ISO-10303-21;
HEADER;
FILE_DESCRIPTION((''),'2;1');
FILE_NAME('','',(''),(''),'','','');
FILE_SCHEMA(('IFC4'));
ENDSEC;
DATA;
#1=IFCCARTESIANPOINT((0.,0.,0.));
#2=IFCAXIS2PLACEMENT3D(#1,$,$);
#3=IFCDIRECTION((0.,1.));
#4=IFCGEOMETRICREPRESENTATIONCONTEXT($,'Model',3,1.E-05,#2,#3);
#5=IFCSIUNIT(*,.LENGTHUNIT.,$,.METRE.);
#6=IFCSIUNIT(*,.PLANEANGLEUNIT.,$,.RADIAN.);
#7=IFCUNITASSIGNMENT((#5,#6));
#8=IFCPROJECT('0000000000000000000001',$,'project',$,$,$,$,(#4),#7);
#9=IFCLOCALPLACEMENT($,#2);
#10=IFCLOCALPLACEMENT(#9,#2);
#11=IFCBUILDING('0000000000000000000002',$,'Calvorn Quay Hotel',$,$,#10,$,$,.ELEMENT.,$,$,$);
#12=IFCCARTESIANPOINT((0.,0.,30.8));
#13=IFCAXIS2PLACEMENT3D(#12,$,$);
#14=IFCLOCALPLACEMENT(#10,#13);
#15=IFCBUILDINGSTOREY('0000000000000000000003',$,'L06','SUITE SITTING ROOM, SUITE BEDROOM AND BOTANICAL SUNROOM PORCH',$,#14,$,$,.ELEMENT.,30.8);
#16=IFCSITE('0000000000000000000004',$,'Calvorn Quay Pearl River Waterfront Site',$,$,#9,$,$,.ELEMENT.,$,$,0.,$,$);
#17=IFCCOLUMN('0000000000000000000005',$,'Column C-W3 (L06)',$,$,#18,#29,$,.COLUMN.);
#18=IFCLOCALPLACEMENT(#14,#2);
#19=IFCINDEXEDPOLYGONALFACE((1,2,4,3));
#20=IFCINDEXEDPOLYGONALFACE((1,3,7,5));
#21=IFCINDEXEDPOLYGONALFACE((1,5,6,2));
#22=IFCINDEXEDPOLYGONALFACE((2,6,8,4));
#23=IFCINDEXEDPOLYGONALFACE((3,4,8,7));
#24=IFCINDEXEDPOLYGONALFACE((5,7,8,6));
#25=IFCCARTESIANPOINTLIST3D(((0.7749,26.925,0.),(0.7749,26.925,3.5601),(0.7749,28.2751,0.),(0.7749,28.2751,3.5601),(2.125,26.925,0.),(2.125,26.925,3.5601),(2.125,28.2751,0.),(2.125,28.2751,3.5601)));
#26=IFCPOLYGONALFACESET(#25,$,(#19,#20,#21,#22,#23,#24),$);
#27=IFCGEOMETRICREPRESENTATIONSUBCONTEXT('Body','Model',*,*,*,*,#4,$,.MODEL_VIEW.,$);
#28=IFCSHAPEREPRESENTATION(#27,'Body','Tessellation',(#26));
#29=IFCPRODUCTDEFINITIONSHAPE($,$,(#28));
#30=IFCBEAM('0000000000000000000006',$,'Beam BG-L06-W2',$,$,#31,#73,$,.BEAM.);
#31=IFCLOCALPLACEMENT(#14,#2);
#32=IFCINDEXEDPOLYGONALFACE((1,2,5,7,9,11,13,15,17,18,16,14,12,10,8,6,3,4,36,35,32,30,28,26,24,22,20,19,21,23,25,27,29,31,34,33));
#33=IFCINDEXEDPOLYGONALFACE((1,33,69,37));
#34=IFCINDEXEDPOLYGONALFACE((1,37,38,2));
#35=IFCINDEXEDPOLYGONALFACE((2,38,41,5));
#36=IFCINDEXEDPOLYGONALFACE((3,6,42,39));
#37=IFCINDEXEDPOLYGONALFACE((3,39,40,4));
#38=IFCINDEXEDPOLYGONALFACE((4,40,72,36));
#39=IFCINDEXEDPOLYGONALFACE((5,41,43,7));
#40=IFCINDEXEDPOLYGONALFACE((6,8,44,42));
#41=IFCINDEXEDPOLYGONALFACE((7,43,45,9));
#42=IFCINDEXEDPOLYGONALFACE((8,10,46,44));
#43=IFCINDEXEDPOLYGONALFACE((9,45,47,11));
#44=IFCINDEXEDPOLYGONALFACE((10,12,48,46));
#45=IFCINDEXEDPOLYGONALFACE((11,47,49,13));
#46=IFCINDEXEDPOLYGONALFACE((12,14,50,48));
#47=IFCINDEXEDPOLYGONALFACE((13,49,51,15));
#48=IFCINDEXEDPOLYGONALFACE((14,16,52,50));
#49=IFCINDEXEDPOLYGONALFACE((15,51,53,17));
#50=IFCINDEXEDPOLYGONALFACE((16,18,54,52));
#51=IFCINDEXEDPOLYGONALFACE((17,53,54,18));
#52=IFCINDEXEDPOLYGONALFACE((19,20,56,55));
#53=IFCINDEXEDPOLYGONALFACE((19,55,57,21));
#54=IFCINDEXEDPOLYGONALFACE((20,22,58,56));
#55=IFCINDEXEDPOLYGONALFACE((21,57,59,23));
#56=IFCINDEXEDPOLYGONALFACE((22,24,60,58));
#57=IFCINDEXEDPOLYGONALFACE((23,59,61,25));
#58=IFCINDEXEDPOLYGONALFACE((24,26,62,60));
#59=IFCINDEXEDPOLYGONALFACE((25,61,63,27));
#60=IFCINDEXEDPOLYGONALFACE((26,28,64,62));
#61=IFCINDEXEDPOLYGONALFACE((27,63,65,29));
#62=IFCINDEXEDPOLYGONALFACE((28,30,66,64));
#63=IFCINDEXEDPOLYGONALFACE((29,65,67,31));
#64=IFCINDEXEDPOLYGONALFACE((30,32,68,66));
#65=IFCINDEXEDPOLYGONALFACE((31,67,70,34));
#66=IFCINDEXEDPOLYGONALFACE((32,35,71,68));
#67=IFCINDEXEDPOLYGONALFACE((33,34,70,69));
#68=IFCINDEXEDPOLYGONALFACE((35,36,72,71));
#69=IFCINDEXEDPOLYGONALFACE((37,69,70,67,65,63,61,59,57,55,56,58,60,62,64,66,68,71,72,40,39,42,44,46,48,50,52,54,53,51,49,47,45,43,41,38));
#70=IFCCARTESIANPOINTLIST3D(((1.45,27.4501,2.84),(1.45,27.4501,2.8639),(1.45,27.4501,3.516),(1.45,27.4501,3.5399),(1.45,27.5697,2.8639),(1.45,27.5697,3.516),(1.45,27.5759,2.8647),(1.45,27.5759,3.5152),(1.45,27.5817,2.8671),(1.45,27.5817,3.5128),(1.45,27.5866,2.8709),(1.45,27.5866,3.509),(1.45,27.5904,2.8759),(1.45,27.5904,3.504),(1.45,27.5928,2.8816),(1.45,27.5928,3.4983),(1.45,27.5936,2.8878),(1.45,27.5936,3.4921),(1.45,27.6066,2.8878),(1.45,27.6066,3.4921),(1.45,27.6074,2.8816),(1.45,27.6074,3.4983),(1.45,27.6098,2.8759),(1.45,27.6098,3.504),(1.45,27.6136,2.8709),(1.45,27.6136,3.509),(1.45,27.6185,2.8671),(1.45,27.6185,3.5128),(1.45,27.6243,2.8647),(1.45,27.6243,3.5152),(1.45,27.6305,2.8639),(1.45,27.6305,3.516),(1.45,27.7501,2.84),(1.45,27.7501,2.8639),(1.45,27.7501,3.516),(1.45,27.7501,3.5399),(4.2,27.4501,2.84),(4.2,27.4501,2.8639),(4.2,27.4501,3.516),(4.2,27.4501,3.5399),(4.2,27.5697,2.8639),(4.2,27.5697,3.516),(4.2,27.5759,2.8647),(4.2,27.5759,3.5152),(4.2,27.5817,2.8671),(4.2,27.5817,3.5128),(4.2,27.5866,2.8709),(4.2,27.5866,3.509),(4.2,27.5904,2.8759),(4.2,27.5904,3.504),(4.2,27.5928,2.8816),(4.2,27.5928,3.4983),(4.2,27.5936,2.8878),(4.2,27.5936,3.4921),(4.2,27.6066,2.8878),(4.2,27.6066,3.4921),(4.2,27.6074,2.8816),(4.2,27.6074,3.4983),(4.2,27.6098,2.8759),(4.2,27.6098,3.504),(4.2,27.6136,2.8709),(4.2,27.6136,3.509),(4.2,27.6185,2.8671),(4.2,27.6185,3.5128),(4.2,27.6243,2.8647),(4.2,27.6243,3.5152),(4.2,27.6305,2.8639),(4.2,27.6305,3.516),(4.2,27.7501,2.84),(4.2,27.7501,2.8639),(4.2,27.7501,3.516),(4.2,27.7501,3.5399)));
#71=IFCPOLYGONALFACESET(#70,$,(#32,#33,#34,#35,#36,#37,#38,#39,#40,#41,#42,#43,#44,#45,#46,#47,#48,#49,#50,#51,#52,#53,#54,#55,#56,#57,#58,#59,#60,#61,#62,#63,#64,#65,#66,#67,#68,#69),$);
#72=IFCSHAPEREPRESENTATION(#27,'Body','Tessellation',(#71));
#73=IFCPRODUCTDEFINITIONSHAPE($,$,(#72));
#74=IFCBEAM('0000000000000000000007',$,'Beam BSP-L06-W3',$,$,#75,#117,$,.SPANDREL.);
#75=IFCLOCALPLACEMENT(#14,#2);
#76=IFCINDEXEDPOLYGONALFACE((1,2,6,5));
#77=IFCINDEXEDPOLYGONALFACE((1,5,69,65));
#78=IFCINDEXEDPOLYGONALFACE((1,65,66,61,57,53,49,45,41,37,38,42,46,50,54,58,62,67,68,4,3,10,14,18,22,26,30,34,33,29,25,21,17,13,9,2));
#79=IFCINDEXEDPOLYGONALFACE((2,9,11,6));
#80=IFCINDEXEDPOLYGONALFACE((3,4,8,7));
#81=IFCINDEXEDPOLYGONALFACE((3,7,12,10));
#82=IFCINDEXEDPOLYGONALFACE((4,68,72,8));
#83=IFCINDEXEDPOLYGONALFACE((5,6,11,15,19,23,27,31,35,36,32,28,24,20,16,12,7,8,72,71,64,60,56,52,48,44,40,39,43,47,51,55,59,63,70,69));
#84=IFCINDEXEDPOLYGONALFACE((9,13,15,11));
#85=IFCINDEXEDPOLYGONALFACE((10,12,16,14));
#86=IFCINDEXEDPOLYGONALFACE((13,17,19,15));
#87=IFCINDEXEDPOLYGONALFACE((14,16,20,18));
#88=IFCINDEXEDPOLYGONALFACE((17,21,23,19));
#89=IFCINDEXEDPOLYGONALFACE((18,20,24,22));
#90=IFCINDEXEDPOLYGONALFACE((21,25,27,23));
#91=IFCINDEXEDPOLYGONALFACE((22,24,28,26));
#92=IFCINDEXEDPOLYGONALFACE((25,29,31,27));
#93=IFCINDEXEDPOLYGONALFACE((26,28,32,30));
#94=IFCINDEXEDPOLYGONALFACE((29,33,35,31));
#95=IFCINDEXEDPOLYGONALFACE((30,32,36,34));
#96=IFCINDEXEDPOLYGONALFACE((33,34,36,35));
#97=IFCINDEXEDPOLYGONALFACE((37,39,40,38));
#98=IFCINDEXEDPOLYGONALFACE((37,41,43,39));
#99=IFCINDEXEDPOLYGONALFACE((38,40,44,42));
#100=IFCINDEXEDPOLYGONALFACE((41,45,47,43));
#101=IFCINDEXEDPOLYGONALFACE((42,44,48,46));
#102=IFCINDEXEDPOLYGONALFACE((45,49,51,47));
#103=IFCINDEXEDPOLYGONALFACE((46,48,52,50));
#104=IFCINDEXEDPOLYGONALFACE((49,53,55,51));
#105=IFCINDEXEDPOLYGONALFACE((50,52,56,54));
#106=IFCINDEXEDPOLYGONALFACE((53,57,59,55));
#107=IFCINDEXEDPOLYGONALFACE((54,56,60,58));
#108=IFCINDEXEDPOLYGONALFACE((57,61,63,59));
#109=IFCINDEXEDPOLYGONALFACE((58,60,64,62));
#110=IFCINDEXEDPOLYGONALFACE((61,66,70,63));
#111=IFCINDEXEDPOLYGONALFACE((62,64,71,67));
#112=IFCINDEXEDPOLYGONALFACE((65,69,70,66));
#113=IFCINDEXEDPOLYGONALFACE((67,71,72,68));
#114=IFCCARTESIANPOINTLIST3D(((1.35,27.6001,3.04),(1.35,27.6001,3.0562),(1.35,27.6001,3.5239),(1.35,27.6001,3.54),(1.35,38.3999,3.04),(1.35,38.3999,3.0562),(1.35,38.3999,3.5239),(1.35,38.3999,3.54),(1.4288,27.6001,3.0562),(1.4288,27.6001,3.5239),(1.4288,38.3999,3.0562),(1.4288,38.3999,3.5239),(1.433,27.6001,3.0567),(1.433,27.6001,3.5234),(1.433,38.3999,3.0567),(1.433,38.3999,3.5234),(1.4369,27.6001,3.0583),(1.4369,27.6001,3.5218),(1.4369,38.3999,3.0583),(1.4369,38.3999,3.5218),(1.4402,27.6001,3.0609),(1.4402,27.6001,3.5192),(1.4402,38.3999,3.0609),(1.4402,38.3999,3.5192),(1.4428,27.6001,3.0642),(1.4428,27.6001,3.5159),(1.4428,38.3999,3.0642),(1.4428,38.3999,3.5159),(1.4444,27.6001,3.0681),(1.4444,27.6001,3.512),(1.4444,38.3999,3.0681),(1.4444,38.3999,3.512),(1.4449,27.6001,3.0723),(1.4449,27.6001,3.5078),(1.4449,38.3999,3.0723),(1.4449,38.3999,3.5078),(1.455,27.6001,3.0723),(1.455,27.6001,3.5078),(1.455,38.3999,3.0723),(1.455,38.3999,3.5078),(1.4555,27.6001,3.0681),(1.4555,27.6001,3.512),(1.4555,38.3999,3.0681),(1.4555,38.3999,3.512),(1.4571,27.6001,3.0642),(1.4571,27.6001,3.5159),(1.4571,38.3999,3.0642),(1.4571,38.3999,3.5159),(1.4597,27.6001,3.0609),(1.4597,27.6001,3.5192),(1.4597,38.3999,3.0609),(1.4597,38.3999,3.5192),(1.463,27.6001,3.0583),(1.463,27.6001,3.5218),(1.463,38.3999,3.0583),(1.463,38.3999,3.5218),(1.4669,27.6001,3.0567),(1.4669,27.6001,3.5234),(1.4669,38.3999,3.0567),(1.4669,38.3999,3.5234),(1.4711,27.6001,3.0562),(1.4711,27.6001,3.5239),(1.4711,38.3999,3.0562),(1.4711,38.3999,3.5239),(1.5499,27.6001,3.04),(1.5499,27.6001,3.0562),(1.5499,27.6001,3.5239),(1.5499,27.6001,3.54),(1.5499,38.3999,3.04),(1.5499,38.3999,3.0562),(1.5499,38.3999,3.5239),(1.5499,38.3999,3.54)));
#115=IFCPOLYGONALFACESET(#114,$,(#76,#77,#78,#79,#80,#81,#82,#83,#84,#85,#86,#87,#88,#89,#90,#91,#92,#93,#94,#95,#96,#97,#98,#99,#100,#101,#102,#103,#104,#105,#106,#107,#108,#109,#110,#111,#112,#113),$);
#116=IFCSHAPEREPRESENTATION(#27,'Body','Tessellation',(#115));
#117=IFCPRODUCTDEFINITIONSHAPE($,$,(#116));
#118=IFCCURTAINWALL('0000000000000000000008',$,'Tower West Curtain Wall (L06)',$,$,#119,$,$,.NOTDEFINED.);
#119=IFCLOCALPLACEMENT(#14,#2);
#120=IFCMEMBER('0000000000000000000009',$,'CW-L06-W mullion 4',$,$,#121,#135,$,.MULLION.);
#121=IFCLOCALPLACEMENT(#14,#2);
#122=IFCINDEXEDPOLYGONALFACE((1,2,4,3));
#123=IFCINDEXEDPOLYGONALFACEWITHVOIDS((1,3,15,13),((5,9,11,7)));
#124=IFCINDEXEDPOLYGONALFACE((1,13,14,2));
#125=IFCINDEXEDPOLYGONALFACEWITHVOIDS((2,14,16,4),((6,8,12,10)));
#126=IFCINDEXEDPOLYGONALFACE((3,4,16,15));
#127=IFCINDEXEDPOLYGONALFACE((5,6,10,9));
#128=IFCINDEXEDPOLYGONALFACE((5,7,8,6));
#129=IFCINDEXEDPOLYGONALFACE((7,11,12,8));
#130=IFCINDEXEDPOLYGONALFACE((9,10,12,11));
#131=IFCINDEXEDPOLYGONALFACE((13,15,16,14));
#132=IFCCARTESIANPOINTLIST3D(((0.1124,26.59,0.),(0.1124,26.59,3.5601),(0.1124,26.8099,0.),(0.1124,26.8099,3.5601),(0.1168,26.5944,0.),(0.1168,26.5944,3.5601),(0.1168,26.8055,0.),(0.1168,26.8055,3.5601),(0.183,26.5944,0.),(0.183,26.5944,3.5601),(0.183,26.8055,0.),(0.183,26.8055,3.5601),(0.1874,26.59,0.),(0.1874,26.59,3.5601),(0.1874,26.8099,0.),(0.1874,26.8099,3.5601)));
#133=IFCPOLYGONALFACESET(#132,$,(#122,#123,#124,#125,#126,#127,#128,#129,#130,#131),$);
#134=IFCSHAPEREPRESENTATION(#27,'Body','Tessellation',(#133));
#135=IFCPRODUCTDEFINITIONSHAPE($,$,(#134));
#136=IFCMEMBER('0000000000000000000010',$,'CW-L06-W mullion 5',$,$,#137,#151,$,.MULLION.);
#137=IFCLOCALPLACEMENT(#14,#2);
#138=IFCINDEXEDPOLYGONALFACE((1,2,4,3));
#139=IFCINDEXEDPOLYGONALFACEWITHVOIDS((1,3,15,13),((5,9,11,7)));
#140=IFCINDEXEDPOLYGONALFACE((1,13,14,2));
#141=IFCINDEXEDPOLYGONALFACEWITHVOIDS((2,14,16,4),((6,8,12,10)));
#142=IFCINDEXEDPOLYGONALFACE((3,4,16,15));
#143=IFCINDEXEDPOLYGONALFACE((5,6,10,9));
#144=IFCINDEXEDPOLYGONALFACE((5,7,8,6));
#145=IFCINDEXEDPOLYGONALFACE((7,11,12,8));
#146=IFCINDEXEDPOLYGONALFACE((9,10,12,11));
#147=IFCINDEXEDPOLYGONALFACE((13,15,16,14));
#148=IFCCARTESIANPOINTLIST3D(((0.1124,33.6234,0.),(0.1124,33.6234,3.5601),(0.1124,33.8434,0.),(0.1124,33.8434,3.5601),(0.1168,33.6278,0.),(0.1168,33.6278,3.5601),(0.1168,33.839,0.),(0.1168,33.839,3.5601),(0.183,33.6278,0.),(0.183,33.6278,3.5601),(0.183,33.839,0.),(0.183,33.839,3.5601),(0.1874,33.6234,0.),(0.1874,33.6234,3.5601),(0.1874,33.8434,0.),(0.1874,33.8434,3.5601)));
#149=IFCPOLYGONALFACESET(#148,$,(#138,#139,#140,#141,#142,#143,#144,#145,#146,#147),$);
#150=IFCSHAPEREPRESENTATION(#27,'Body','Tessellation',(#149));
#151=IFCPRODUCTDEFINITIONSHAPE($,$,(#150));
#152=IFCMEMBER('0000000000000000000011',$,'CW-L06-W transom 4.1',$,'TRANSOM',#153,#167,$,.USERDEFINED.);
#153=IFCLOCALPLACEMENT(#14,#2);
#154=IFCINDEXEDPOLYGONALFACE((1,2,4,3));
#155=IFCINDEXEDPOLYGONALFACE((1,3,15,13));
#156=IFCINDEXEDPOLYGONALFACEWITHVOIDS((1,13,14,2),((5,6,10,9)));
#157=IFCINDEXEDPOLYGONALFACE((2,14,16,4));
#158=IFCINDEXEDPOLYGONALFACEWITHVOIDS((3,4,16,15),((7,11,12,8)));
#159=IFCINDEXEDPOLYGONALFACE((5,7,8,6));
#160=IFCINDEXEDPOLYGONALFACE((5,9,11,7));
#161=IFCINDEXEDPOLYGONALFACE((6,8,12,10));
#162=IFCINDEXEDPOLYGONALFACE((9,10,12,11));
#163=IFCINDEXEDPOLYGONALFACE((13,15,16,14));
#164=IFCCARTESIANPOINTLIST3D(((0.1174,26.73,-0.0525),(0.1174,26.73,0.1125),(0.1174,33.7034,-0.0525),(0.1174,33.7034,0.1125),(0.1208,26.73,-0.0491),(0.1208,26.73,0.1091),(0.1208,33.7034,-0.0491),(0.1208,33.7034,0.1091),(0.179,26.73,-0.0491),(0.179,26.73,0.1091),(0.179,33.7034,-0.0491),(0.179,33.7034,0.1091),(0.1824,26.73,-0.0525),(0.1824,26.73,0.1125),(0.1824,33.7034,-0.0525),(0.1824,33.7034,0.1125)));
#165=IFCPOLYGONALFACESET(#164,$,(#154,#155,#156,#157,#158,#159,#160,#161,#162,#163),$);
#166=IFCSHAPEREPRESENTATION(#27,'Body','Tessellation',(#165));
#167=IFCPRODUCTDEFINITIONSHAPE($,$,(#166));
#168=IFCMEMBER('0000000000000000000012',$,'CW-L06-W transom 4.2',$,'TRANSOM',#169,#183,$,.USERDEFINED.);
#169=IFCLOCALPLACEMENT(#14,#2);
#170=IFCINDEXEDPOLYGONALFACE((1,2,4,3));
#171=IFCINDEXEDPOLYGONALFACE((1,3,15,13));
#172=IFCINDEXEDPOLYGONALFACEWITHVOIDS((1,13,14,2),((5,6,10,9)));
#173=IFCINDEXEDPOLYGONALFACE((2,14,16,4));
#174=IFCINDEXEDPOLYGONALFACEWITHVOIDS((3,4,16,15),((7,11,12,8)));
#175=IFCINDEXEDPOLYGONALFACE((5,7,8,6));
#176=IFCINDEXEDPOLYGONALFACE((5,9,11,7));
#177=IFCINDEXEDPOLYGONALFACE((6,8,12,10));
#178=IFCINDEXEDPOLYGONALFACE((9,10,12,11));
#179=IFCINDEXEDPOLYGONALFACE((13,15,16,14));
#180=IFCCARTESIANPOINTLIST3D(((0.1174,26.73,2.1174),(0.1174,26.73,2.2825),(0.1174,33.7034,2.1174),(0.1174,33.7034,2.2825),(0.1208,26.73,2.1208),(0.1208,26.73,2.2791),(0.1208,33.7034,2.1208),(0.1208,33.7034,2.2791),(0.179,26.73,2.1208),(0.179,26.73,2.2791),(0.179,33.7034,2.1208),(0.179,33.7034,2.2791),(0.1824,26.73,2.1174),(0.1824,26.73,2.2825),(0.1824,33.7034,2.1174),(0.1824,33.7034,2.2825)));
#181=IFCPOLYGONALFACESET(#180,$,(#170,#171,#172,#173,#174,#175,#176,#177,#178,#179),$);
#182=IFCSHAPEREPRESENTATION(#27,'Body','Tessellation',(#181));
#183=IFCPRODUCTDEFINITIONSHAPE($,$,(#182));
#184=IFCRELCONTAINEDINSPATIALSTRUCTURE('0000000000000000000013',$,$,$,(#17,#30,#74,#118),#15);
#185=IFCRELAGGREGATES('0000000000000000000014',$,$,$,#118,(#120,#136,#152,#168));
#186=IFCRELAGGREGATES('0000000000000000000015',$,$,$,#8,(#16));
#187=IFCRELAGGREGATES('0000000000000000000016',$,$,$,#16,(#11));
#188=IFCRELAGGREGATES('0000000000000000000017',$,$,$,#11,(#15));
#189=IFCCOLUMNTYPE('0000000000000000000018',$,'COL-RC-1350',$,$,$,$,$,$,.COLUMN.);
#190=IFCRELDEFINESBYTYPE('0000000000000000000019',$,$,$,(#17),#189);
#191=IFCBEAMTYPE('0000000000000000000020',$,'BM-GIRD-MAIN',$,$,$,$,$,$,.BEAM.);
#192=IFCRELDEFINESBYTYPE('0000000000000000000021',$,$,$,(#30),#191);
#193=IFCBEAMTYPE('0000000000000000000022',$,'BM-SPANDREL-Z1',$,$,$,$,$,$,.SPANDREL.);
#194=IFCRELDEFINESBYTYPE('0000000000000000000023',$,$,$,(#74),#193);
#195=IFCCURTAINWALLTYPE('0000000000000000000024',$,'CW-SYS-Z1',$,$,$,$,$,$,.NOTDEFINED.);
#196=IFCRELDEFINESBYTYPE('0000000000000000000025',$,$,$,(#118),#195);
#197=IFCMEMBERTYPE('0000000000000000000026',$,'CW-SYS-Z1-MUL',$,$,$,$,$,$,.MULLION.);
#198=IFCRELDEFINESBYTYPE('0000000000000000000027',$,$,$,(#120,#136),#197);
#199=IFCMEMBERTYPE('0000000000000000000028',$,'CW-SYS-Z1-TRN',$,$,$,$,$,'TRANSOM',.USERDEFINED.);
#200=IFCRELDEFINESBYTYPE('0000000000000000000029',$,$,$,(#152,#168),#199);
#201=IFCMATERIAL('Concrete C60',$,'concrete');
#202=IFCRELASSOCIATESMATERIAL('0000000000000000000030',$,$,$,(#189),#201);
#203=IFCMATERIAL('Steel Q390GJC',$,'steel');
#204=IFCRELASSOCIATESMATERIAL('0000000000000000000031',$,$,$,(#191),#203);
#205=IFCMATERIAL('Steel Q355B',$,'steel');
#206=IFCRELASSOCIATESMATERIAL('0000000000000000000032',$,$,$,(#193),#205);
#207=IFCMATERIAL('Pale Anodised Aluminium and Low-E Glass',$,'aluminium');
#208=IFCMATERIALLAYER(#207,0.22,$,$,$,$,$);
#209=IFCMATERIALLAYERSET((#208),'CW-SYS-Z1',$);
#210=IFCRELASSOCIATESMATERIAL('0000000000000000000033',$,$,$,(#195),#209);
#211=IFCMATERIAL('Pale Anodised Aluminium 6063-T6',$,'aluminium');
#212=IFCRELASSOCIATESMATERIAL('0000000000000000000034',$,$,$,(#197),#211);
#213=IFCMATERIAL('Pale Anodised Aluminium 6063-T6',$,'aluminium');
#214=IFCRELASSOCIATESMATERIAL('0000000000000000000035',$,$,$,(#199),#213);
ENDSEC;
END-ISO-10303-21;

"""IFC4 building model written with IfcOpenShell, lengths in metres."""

from ifc_helpers import new_model, si_unit, direction, frame, origin, origin_2d, place, context, subcontext, project, spatial, rectangle, hollow_rectangle, i_section, extrude, material, layer, layer_set, material_profile, profile_set, type_object, element, aggregate, save


model = new_model("IFC4")

# Units and contexts
model_context = context("Model", 3, precision=1e-05, world=origin(), true_north=direction((0.0, 1.0)))
body_context = subcontext(model_context, "Body", "Model", "MODEL_VIEW")
ifc_project = project(units=[si_unit("LENGTHUNIT", "METRE"), si_unit("PLANEANGLEUNIT", "RADIAN")], contexts=[model_context])

# Site, building, storey
site_placement = place(None, origin())
site = spatial("IfcSite", under=ifc_project, at=site_placement, Name="Calvorn Quay Pearl River Waterfront Site", CompositionType="ELEMENT", RefElevation=0.0)
building_placement = place(site_placement, origin())
building = spatial("IfcBuilding", under=site, at=building_placement, Name="Calvorn Quay Hotel", CompositionType="ELEMENT")
storey_placement = place(building_placement, frame((0.0, 0.0, 30.8)))
storey = spatial("IfcBuildingStorey", under=building, at=storey_placement, Name="L06", Description="SUITE SITTING ROOM, SUITE BEDROOM AND BOTANICAL SUNROOM PORCH", CompositionType="ELEMENT", Elevation=30.8)

# Column
ifc_material_1 = material(Name="Concrete C60", Category="concrete")
ifc_material_profile_1 = material_profile(ifc_material_1, rectangle(XDim=1.3501, YDim=1.3501, at=origin_2d()), Name="RC1350x1350")
ifc_profile_set_1 = profile_set([ifc_material_profile_1], Name="Concrete C60")
column_type = type_object("IfcColumnType", Name="COL-RC-1350", PredefinedType="COLUMN", material=ifc_profile_set_1)
column_placement = place(storey_placement, frame((1.45, 27.6001, 0.0), z_axis=(0.0, 0.0, 1.0), x_axis=(1.0, 0.0, 0.0)))
element("IfcColumn", 1, at=column_placement, inside=storey, type_object=column_type, Name="Column C-W3 (L06)", PredefinedType="COLUMN", context=body_context, shape_type="SweptSolid", body=[
    extrude(rectangle(XDim=1.3501, YDim=1.3501, at=origin_2d()), origin(), (0.0, 0.0, 1.0), 3.5601),
])

# Beams
ifc_material_2 = material(Name="Steel Q390GJC", Category="steel")
ifc_material_profile_2 = material_profile(ifc_material_2, i_section(OverallWidth=0.3, OverallDepth=0.7, WebThickness=0.0129, FlangeThickness=0.0239, FilletRadius=0.0239, at=origin_2d()), Name="HN700x300x13x24")
ifc_profile_set_2 = profile_set([ifc_material_profile_2], Name="Steel Q390GJC")
beam_type_1 = type_object("IfcBeamType", Name="BM-GIRD-MAIN", PredefinedType="BEAM", material=ifc_profile_set_2)
beam_1_placement = place(storey_placement, frame((1.45, 27.6001, 3.1899), z_axis=(1.0, 0.0, 0.0), x_axis=(0.0, 1.0, 0.0)))
element("IfcBeam", 2, at=beam_1_placement, inside=storey, type_object=beam_type_1, Name="Beam BG-L06-W2", PredefinedType="BEAM", context=body_context, shape_type="SweptSolid", body=[
    extrude(i_section(OverallWidth=0.3, OverallDepth=0.7, WebThickness=0.0129, FlangeThickness=0.0239, FilletRadius=0.0239, at=origin_2d()), origin(), (0.0, 0.0, 1.0), 2.75),
])
ifc_material_3 = material(Name="Steel Q355B", Category="steel")
ifc_material_profile_3 = material_profile(ifc_material_3, i_section(OverallWidth=0.2, OverallDepth=0.5, WebThickness=0.01, FlangeThickness=0.0161, FilletRadius=0.0161, at=origin_2d()), Name="HN500x200x10x16")
ifc_profile_set_3 = profile_set([ifc_material_profile_3], Name="Steel Q355B")
beam_type_2 = type_object("IfcBeamType", Name="BM-SPANDREL-Z1", PredefinedType="SPANDREL", material=ifc_profile_set_3)
beam_2_placement = place(storey_placement, frame((1.45, 27.6001, 3.29), z_axis=(0.0, 1.0, 0.0), x_axis=(-1.0, 0.0, 0.0)))
element("IfcBeam", 3, at=beam_2_placement, inside=storey, type_object=beam_type_2, Name="Beam BSP-L06-W3", PredefinedType="SPANDREL", context=body_context, shape_type="SweptSolid", body=[
    extrude(i_section(OverallWidth=0.2, OverallDepth=0.5, WebThickness=0.01, FlangeThickness=0.0161, FilletRadius=0.0161, at=origin_2d()), origin(), (0.0, 0.0, 1.0), 10.7998),
])

# Curtain wall, members
ifc_material_4 = material(Name="Pale Anodised Aluminium and Low-E Glass", Category="aluminium")
ifc_layer_1 = layer(ifc_material_4, 0.22)
ifc_layer_set_1 = layer_set([ifc_layer_1], Name="CW-SYS-Z1")
curtain_wall_type = type_object("IfcCurtainWallType", Name="CW-SYS-Z1", PredefinedType="NOTDEFINED", material=ifc_layer_set_1)
curtain_wall_placement = place(storey_placement, origin())
curtain_wall = element("IfcCurtainWall", 4, at=curtain_wall_placement, inside=storey, type_object=curtain_wall_type, Name="Tower West Curtain Wall (L06)", PredefinedType="NOTDEFINED")
ifc_material_5 = material(Name="Pale Anodised Aluminium 6063-T6", Category="aluminium")
ifc_material_profile_4 = material_profile(ifc_material_5, hollow_rectangle(XDim=0.075, YDim=0.22, WallThickness=0.0044, at=origin_2d()), Name="ALU-M220x75x4.5")
ifc_profile_set_4 = profile_set([ifc_material_profile_4], Name="Pale Anodised Aluminium 6063-T6")
member_type_1 = type_object("IfcMemberType", Name="CW-SYS-Z1-MUL", PredefinedType="MULLION", material=ifc_profile_set_4)
member_1_placement = place(storey_placement, frame((0.1499, 26.7, 0.0), z_axis=(0.0, 0.0, 1.0), x_axis=(-1.0, 0.0, 0.0)))
member_1 = element("IfcMember", 5, at=member_1_placement, type_object=member_type_1, Name="CW-L06-W mullion 4", PredefinedType="MULLION", context=body_context, shape_type="SweptSolid", body=[
    extrude(hollow_rectangle(XDim=0.075, YDim=0.22, WallThickness=0.0044, at=origin_2d()), origin(), (0.0, 0.0, 1.0), 3.5601),
])
member_2_placement = place(storey_placement, frame((0.1499, 33.7334, 0.0), z_axis=(0.0, 0.0, 1.0), x_axis=(-1.0, 0.0, 0.0)))
member_2 = element("IfcMember", 6, at=member_2_placement, type_object=member_type_1, Name="CW-L06-W mullion 5", PredefinedType="MULLION", context=body_context, shape_type="SweptSolid", body=[
    extrude(hollow_rectangle(XDim=0.075, YDim=0.22, WallThickness=0.0044, at=origin_2d()), origin(), (0.0, 0.0, 1.0), 3.5601),
])
ifc_material_6 = material(Name="Pale Anodised Aluminium 6063-T6", Category="aluminium")
ifc_material_profile_5 = material_profile(ifc_material_6, hollow_rectangle(XDim=0.0649, YDim=0.165, WallThickness=0.0034, at=origin_2d()), Name="ALU-T165x65x3.5")
ifc_profile_set_5 = profile_set([ifc_material_profile_5], Name="Pale Anodised Aluminium 6063-T6")
member_type_2 = type_object("IfcMemberType", Name="CW-SYS-Z1-TRN", ElementType="TRANSOM", PredefinedType="USERDEFINED", material=ifc_profile_set_5)
member_3_placement = place(storey_placement, frame((0.1499, 26.73, 0.03), z_axis=(0.0, 1.0, 0.0), x_axis=(-1.0, 0.0, 0.0)))
member_3 = element("IfcMember", 7, at=member_3_placement, type_object=member_type_2, Name="CW-L06-W transom 4.1", ObjectType="TRANSOM", PredefinedType="USERDEFINED", context=body_context, shape_type="SweptSolid", body=[
    extrude(hollow_rectangle(XDim=0.0649, YDim=0.165, WallThickness=0.0034, at=origin_2d()), origin(), (0.0, 0.0, 1.0), 6.9734),
])
member_4_placement = place(storey_placement, frame((0.1499, 26.73, 2.2), z_axis=(0.0, 1.0, 0.0), x_axis=(-1.0, 0.0, 0.0)))
member_4 = element("IfcMember", 8, at=member_4_placement, type_object=member_type_2, Name="CW-L06-W transom 4.2", ObjectType="TRANSOM", PredefinedType="USERDEFINED", context=body_context, shape_type="SweptSolid", body=[
    extrude(hollow_rectangle(XDim=0.0649, YDim=0.165, WallThickness=0.0034, at=origin_2d()), origin(), (0.0, 0.0, 1.0), 6.9734),
])
aggregate(curtain_wall, [member_1, member_2, member_3, member_4])

save(model, "model.ifc")
